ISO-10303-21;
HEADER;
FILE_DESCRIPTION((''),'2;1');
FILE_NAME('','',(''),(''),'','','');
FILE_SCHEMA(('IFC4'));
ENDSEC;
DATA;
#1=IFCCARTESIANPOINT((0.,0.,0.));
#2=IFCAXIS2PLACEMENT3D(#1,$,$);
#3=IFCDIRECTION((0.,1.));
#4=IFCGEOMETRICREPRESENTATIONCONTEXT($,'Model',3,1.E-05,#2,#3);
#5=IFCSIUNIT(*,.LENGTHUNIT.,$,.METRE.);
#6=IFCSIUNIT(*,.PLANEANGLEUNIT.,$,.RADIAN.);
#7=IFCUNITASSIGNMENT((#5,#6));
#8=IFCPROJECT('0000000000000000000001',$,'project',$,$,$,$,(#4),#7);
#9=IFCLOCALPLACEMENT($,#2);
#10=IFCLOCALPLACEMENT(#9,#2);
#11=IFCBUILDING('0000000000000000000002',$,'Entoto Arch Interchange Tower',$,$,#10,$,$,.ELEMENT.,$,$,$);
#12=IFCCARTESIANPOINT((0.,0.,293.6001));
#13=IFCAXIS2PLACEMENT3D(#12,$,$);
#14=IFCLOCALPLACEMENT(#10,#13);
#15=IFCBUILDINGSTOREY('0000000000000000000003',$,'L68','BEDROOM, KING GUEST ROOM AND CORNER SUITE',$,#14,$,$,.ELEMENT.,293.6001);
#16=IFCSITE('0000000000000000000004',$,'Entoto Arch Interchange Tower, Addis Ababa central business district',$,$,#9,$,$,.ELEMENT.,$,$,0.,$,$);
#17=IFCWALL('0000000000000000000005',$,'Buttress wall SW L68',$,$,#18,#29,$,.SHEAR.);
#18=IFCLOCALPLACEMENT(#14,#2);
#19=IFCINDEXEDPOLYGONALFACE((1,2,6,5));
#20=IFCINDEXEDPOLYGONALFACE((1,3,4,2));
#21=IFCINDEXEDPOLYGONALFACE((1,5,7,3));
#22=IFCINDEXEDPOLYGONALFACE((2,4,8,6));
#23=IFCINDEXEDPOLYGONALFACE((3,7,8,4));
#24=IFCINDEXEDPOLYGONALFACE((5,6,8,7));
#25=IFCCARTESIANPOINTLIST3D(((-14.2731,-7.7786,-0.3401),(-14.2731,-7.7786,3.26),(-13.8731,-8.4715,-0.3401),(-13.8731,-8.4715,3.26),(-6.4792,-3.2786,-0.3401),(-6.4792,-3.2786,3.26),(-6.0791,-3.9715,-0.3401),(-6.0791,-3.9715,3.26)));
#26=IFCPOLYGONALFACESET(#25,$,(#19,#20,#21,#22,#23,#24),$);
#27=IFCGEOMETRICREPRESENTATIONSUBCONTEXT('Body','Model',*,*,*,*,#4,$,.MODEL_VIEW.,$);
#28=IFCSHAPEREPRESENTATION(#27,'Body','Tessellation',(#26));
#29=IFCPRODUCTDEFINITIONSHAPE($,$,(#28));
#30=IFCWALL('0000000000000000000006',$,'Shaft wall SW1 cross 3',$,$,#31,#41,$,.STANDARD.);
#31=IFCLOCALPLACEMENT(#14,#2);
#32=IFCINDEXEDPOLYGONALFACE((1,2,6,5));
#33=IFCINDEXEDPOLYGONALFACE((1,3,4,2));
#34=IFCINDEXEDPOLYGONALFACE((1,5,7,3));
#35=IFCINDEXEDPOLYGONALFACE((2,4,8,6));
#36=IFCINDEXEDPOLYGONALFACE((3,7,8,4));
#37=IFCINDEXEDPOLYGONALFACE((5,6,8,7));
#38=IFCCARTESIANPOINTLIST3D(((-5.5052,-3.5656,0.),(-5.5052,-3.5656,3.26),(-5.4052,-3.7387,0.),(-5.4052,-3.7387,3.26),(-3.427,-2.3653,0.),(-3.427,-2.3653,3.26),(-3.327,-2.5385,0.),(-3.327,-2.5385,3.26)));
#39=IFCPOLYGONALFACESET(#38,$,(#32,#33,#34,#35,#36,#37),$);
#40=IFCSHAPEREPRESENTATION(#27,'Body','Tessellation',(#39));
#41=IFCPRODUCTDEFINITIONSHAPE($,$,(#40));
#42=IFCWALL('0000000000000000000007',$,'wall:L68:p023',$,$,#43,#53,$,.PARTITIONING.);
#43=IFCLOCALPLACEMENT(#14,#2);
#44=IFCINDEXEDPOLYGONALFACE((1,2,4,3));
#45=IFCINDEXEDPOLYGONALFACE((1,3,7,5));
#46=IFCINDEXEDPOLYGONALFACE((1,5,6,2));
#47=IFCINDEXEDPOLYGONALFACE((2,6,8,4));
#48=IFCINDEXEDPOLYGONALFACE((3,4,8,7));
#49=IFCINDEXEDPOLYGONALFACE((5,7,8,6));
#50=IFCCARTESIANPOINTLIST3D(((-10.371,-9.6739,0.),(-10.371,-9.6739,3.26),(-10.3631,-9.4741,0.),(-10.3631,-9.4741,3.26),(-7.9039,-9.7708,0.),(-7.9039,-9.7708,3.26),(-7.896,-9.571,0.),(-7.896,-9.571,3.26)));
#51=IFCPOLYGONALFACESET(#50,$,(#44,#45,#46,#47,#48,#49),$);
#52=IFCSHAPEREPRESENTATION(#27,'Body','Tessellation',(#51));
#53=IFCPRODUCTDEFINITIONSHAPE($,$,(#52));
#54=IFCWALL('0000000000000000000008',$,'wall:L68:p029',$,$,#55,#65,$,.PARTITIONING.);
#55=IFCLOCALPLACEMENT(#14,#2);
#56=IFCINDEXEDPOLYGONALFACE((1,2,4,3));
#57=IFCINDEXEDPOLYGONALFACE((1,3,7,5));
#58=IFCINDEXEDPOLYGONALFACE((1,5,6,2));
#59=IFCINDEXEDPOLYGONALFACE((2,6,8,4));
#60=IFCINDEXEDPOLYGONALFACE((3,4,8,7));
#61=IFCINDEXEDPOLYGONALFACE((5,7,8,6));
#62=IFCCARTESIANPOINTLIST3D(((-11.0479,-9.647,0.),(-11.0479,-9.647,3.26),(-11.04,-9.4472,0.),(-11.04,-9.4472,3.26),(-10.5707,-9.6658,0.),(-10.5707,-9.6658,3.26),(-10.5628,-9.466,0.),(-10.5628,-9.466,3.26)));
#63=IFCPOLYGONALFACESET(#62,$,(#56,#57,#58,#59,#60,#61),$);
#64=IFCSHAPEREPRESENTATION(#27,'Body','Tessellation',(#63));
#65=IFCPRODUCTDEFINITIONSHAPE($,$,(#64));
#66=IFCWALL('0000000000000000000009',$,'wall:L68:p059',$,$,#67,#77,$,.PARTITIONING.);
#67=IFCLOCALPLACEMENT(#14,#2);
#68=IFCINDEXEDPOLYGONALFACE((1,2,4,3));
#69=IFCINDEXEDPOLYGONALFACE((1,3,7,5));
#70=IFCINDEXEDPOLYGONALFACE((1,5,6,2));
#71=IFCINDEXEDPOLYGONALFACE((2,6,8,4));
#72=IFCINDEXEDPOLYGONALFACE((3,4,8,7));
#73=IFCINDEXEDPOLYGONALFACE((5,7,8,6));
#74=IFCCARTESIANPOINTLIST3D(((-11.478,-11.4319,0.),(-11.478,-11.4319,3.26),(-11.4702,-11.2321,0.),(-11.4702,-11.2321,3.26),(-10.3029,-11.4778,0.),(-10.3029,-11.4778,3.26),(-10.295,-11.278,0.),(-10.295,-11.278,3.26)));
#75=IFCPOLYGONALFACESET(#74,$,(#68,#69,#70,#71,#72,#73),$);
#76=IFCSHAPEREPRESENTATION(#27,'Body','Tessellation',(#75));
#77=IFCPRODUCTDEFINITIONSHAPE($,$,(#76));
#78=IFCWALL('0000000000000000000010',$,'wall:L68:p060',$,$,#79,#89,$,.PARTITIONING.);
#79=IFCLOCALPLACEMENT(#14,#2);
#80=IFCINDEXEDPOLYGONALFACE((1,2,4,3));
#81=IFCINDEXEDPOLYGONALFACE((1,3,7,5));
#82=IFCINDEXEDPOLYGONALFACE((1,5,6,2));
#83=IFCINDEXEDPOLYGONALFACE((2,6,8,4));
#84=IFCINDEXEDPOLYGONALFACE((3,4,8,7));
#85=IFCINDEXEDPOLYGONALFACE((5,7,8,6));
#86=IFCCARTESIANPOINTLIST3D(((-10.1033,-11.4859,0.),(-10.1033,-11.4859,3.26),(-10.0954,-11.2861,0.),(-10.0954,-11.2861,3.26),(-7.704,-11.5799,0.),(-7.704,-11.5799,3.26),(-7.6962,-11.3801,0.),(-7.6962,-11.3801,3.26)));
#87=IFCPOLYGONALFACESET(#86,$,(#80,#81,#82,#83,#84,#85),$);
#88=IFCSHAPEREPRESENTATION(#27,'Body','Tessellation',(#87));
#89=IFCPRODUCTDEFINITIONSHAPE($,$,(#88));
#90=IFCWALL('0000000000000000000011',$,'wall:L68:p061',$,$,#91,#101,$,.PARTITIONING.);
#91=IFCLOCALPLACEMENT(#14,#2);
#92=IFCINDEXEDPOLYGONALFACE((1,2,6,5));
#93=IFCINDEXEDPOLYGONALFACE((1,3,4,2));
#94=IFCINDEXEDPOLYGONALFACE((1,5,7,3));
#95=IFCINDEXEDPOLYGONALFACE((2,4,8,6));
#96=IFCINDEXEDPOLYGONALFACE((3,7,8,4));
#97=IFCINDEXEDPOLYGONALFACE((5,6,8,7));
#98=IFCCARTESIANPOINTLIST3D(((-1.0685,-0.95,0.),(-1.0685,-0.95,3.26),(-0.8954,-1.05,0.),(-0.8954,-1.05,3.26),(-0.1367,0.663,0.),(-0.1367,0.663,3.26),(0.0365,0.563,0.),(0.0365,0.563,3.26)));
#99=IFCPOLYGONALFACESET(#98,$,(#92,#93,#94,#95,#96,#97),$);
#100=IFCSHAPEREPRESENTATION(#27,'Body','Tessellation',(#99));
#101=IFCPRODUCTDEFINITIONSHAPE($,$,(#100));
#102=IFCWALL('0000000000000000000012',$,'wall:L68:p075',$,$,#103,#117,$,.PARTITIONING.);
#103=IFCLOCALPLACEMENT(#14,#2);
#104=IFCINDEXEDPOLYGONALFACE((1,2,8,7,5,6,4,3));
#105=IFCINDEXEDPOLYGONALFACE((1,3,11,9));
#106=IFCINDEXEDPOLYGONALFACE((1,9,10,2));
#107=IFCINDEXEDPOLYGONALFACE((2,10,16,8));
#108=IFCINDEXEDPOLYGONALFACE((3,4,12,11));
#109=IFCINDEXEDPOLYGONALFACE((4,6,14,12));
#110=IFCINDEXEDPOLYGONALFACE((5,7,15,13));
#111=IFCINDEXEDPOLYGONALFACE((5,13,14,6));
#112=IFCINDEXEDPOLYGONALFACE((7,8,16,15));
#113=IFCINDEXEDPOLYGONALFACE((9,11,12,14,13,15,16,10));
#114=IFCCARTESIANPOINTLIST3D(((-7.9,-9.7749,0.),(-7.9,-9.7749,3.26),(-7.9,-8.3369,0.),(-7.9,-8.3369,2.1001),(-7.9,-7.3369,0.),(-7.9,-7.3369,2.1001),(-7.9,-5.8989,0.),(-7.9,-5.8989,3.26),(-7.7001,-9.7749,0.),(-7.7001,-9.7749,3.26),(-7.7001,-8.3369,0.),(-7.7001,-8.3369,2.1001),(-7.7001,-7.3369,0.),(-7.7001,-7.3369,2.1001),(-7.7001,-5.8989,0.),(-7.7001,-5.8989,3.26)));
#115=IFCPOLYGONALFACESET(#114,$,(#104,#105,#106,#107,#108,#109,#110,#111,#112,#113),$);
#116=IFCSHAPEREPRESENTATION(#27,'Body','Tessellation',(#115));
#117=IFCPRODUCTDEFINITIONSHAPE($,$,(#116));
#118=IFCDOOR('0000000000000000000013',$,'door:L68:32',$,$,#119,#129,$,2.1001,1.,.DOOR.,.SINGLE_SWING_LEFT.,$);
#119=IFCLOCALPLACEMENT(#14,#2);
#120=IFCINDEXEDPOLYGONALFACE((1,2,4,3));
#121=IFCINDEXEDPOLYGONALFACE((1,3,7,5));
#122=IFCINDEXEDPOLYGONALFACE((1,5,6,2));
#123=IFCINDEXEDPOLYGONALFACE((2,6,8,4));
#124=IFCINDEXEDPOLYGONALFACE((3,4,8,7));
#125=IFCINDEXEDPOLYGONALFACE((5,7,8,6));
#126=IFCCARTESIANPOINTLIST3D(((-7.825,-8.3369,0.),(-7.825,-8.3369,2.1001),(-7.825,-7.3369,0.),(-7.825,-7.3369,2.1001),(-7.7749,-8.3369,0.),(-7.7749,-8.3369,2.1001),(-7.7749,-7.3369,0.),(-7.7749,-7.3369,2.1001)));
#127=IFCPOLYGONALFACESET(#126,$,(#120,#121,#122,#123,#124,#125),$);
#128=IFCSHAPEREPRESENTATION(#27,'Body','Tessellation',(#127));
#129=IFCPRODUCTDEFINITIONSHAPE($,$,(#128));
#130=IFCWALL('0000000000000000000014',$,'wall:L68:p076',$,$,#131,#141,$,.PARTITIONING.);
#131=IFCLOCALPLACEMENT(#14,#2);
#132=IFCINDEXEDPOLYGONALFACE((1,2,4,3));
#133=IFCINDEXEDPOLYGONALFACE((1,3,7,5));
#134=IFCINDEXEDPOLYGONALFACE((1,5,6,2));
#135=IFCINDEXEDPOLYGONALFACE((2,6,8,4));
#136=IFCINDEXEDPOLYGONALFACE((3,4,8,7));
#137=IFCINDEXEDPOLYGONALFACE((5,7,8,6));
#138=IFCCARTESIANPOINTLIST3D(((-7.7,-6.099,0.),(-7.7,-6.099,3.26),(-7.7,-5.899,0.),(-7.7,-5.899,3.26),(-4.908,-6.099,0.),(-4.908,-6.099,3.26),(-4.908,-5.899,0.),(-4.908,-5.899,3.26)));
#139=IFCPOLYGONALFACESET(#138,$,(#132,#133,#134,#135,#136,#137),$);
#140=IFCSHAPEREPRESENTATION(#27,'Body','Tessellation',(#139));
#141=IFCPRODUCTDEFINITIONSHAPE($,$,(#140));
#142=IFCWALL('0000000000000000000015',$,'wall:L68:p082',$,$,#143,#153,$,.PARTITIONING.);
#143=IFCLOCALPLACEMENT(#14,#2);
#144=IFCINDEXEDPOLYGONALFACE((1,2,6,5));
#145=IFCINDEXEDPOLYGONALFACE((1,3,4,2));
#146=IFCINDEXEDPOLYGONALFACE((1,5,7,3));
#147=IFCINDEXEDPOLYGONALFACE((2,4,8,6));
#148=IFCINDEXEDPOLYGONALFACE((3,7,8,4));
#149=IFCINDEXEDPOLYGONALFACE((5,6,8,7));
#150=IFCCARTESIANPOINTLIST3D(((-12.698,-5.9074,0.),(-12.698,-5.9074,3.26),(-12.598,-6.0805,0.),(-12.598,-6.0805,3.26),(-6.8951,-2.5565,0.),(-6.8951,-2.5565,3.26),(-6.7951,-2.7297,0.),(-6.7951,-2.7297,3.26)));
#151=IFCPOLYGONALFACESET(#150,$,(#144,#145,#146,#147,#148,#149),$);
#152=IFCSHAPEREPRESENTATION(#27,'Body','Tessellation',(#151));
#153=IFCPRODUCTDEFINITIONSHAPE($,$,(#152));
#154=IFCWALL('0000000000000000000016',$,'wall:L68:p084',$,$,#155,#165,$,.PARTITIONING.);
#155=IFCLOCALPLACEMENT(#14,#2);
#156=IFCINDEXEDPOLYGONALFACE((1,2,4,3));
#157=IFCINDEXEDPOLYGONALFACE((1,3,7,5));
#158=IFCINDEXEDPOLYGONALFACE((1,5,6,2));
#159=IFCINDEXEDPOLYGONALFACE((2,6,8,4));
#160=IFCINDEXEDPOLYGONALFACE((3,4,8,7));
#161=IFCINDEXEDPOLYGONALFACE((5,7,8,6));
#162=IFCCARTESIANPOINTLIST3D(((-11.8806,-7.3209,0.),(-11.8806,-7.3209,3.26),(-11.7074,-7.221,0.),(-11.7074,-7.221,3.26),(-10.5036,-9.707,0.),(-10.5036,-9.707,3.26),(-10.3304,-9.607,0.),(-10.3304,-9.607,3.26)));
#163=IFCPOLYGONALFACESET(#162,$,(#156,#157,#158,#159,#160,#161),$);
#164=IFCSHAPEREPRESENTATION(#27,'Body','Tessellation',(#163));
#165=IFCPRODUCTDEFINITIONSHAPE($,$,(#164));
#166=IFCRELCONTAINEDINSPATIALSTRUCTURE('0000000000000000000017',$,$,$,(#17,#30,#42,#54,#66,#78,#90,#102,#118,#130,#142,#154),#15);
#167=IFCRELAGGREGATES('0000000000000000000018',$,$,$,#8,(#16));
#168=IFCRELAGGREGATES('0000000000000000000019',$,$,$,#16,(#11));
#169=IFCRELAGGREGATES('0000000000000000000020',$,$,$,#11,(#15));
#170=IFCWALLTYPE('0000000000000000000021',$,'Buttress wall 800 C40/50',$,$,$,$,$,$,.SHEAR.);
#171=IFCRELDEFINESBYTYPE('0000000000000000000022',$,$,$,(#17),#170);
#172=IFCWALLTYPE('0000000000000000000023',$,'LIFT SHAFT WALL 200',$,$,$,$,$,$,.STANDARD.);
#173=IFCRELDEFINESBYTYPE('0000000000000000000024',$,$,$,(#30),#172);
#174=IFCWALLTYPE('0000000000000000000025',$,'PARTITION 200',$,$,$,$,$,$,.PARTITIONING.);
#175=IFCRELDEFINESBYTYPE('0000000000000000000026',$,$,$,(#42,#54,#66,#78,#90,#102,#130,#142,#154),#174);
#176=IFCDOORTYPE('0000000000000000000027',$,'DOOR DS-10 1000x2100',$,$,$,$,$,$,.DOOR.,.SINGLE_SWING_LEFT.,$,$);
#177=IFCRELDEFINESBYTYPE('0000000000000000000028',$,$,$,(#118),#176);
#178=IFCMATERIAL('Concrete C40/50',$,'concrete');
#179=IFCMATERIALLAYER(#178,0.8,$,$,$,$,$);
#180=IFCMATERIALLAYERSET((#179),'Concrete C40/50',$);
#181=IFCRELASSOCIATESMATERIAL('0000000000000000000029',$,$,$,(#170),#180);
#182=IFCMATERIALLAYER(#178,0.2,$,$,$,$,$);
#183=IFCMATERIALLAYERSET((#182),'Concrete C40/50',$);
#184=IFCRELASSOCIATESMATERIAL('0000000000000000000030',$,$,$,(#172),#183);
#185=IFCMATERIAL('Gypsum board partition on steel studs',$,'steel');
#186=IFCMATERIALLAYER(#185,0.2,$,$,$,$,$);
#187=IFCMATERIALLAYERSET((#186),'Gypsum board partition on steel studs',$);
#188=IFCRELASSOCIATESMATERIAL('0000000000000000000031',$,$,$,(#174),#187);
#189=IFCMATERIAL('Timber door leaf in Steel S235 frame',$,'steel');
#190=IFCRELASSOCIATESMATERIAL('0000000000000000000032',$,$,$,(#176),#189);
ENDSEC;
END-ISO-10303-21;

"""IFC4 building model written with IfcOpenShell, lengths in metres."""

from ifc_helpers import new_model, si_unit, direction, frame, frame_2d, origin, place, context, subcontext, project, spatial, rectangle, extrude, material, layer, layer_set, type_object, element, fill, save


model = new_model("IFC4")

# Units and contexts
model_context = context("Model", 3, precision=1e-05, world=origin(), true_north=direction((0.0, 1.0)))
body_context = subcontext(model_context, "Body", "Model", "MODEL_VIEW")
ifc_project = project(units=[si_unit("LENGTHUNIT", "METRE"), si_unit("PLANEANGLEUNIT", "RADIAN")], contexts=[model_context])

# Site, building, storey
site_placement = place(None, origin())
site = spatial("IfcSite", under=ifc_project, at=site_placement, Name="Entoto Arch Interchange Tower, Addis Ababa central business district", CompositionType="ELEMENT", RefElevation=0.0)
building_placement = place(site_placement, origin())
building = spatial("IfcBuilding", under=site, at=building_placement, Name="Entoto Arch Interchange Tower", CompositionType="ELEMENT")
storey_placement = place(building_placement, frame((0.0, 0.0, 293.6001)))
storey = spatial("IfcBuildingStorey", under=building, at=storey_placement, Name="L68", Description="BEDROOM, KING GUEST ROOM AND CORNER SUITE", CompositionType="ELEMENT", Elevation=293.6001)

# Walls
ifc_material_1 = material(Name="Concrete C40/50", Category="concrete")
ifc_layer_1 = layer(ifc_material_1, 0.8)
ifc_layer_set_1 = layer_set([ifc_layer_1], Name="Concrete C40/50")
wall_type_1 = type_object("IfcWallType", Name="Buttress wall 800 C40/50", PredefinedType="SHEAR", material=ifc_layer_set_1)
wall_1_placement = place(storey_placement, frame((-6.2791, -3.625, -0.3401), z_axis=(0.0, 0.0, 1.0), x_axis=(-0.866018, -0.500014, 0.0)))
element("IfcWall", 1, at=wall_1_placement, inside=storey, type_object=wall_type_1, Name="Buttress wall SW L68", PredefinedType="SHEAR", context=body_context, shape_type="SweptSolid", body=[
    extrude(rectangle(XDim=8.9998, YDim=0.8, at=frame_2d((4.5, 0.0))), origin(), (0.0, 0.0, 1.0), 3.6001),
])
ifc_layer_2 = layer(ifc_material_1, 0.2)
ifc_layer_set_2 = layer_set([ifc_layer_2], Name="Concrete C40/50")
wall_type_2 = type_object("IfcWallType", Name="LIFT SHAFT WALL 200", PredefinedType="STANDARD", material=ifc_layer_set_2)
wall_2_placement = place(storey_placement, frame((-3.377, -2.4519, 0.0), z_axis=(0.0, 0.0, 1.0), x_axis=(-0.865955, -0.500122, 0.0)))
element("IfcWall", 2, at=wall_2_placement, inside=storey, type_object=wall_type_2, Name="Shaft wall SW1 cross 3", PredefinedType="STANDARD", context=body_context, shape_type="SweptSolid", body=[
    extrude(rectangle(XDim=2.3999, YDim=0.2, at=frame_2d((1.2, 0.0))), origin(), (0.0, 0.0, 1.0), 3.26),
])
ifc_material_2 = material(Name="Gypsum board partition on steel studs", Category="steel")
ifc_layer_3 = layer(ifc_material_2, 0.2)
ifc_layer_set_3 = layer_set([ifc_layer_3], Name="Gypsum board partition on steel studs")
wall_type_3 = type_object("IfcWallType", Name="PARTITION 200", PredefinedType="PARTITIONING", material=ifc_layer_set_3)
wall_3_placement = place(storey_placement, frame((-10.3669, -9.574, 0.0), z_axis=(0.0, 0.0, 1.0), x_axis=(0.999229, -0.039257, 0.0)))
element("IfcWall", 3, at=wall_3_placement, inside=storey, type_object=wall_type_3, Name="wall:L68:p023", PredefinedType="PARTITIONING", context=body_context, shape_type="SweptSolid", body=[
    extrude(rectangle(XDim=2.469, YDim=0.2, at=frame_2d((1.2344, 0.0))), origin(), (0.0, 0.0, 1.0), 3.26),
])
wall_4_placement = place(storey_placement, frame((-11.0439, -9.5471, 0.0), z_axis=(0.0, 0.0, 1.0), x_axis=(0.999224, -0.039376, 0.0)))
element("IfcWall", 4, at=wall_4_placement, inside=storey, type_object=wall_type_3, Name="wall:L68:p029", PredefinedType="PARTITIONING", context=body_context, shape_type="SweptSolid", body=[
    extrude(rectangle(XDim=0.4775, YDim=0.2, at=frame_2d((0.2388, 0.0))), origin(), (0.0, 0.0, 1.0), 3.26),
])
wall_5_placement = place(storey_placement, frame((-10.2991, -11.3779, 0.0), z_axis=(0.0, 0.0, 1.0), x_axis=(-0.999238, 0.039031, 0.0)))
element("IfcWall", 5, at=wall_5_placement, inside=storey, type_object=wall_type_3, Name="wall:L68:p059", PredefinedType="PARTITIONING", context=body_context, shape_type="SweptSolid", body=[
    extrude(rectangle(XDim=1.176, YDim=0.2, at=frame_2d((0.5879, 0.0))), origin(), (0.0, 0.0, 1.0), 3.26),
])
wall_6_placement = place(storey_placement, frame((-7.7, -11.48, 0.0), z_axis=(0.0, 0.0, 1.0), x_axis=(-0.999233, 0.039148, 0.0)))
element("IfcWall", 6, at=wall_6_placement, inside=storey, type_object=wall_type_3, Name="wall:L68:p060", PredefinedType="PARTITIONING", context=body_context, shape_type="SweptSolid", body=[
    extrude(rectangle(XDim=2.4011, YDim=0.2, at=frame_2d((1.2007, 0.0))), origin(), (0.0, 0.0, 1.0), 3.26),
])
wall_7_placement = place(storey_placement, frame((-0.9819, -1.0, 0.0), z_axis=(0.0, 0.0, 1.0), x_axis=(0.50024, 0.865887, 0.0)))
element("IfcWall", 7, at=wall_7_placement, inside=storey, type_object=wall_type_3, Name="wall:L68:p061", PredefinedType="PARTITIONING", context=body_context, shape_type="SweptSolid", body=[
    extrude(rectangle(XDim=1.8628, YDim=0.2, at=frame_2d((0.9314, 0.0))), origin(), (0.0, 0.0, 1.0), 3.26),
])

# Wall, opening, door
wall_8_placement = place(storey_placement, frame((-7.8, -9.7749, 0.0), z_axis=(0.0, 0.0, 1.0), x_axis=(0.0, 1.0, 0.0)))
wall_8 = element("IfcWall", 8, at=wall_8_placement, inside=storey, type_object=wall_type_3, Name="wall:L68:p075", PredefinedType="PARTITIONING", context=body_context, shape_type="SweptSolid", body=[
    extrude(rectangle(XDim=3.876, YDim=0.2, at=frame_2d((1.938, 0.0))), origin(), (0.0, 0.0, 1.0), 3.26),
])
opening_1_placement = place(wall_8_placement, frame((1.438, 0.0, 0.0)))
opening_1 = element("IfcOpeningElement", 9, at=opening_1_placement, cuts=wall_8, PredefinedType="OPENING", context=body_context, shape_type="SweptSolid", body=[
    extrude(rectangle(XDim=1.0, YDim=2.1001, at=frame_2d((0.5, 1.05))), frame((0.0, 0.1099, 0.0), z_axis=(0.0, -1.0, 0.0), x_axis=(1.0, 0.0, 0.0)), (0.0, 0.0, 1.0), 0.22),
])
ifc_material_3 = material(Name="Timber door leaf in Steel S235 frame", Category="steel")
door_type_1 = type_object("IfcDoorType", Name="DOOR DS-10 1000x2100", OperationType="SINGLE_SWING_LEFT", PredefinedType="DOOR", material=ifc_material_3)
door_1_placement = place(opening_1_placement, origin())
door_1 = element("IfcDoor", 10, at=door_1_placement, inside=storey, type_object=door_type_1, Name="door:L68:32", OperationType="SINGLE_SWING_LEFT", OverallHeight=2.1001, OverallWidth=1.0, PredefinedType="DOOR", context=body_context, shape_type="SweptSolid", body=[
    extrude(rectangle(XDim=1.0, YDim=2.1001, at=frame_2d((0.5, 1.05))), frame((0.0, 0.0249, 0.0), z_axis=(0.0, -1.0, 0.0), x_axis=(1.0, 0.0, 0.0)), (0.0, 0.0, 1.0), 0.05),
])
fill(opening_1, door_1)

# Walls
wall_9_placement = place(storey_placement, frame((-7.7, -5.999, 0.0), z_axis=(0.0, 0.0, 1.0), x_axis=(1.0, 0.0, 0.0)))
element("IfcWall", 11, at=wall_9_placement, inside=storey, type_object=wall_type_3, Name="wall:L68:p076", PredefinedType="PARTITIONING", context=body_context, shape_type="SweptSolid", body=[
    extrude(rectangle(XDim=2.792, YDim=0.2, at=frame_2d((1.396, 0.0))), origin(), (0.0, 0.0, 1.0), 3.26),
])
wall_10_placement = place(storey_placement, frame((-6.845, -2.6431, 0.0), z_axis=(0.0, 0.0, 1.0), x_axis=(-0.865994, -0.500054, 0.0)))
element("IfcWall", 12, at=wall_10_placement, inside=storey, type_object=wall_type_3, Name="wall:L68:p082", PredefinedType="PARTITIONING", context=body_context, shape_type="SweptSolid", body=[
    extrude(rectangle(XDim=6.7009, YDim=0.2, at=frame_2d((3.3506, 0.0))), origin(), (0.0, 0.0, 1.0), 3.26),
])
wall_11_placement = place(storey_placement, frame((-10.417, -9.657, 0.0), z_axis=(0.0, 0.0, 1.0), x_axis=(-0.499838, 0.866119, 0.0)))
element("IfcWall", 13, at=wall_11_placement, inside=storey, type_object=wall_type_3, Name="wall:L68:p084", PredefinedType="PARTITIONING", context=body_context, shape_type="SweptSolid", body=[
    extrude(rectangle(XDim=2.7549, YDim=0.2, at=frame_2d((1.3774, 0.0))), origin(), (0.0, 0.0, 1.0), 3.26),
])

save(model, "model.ifc")
